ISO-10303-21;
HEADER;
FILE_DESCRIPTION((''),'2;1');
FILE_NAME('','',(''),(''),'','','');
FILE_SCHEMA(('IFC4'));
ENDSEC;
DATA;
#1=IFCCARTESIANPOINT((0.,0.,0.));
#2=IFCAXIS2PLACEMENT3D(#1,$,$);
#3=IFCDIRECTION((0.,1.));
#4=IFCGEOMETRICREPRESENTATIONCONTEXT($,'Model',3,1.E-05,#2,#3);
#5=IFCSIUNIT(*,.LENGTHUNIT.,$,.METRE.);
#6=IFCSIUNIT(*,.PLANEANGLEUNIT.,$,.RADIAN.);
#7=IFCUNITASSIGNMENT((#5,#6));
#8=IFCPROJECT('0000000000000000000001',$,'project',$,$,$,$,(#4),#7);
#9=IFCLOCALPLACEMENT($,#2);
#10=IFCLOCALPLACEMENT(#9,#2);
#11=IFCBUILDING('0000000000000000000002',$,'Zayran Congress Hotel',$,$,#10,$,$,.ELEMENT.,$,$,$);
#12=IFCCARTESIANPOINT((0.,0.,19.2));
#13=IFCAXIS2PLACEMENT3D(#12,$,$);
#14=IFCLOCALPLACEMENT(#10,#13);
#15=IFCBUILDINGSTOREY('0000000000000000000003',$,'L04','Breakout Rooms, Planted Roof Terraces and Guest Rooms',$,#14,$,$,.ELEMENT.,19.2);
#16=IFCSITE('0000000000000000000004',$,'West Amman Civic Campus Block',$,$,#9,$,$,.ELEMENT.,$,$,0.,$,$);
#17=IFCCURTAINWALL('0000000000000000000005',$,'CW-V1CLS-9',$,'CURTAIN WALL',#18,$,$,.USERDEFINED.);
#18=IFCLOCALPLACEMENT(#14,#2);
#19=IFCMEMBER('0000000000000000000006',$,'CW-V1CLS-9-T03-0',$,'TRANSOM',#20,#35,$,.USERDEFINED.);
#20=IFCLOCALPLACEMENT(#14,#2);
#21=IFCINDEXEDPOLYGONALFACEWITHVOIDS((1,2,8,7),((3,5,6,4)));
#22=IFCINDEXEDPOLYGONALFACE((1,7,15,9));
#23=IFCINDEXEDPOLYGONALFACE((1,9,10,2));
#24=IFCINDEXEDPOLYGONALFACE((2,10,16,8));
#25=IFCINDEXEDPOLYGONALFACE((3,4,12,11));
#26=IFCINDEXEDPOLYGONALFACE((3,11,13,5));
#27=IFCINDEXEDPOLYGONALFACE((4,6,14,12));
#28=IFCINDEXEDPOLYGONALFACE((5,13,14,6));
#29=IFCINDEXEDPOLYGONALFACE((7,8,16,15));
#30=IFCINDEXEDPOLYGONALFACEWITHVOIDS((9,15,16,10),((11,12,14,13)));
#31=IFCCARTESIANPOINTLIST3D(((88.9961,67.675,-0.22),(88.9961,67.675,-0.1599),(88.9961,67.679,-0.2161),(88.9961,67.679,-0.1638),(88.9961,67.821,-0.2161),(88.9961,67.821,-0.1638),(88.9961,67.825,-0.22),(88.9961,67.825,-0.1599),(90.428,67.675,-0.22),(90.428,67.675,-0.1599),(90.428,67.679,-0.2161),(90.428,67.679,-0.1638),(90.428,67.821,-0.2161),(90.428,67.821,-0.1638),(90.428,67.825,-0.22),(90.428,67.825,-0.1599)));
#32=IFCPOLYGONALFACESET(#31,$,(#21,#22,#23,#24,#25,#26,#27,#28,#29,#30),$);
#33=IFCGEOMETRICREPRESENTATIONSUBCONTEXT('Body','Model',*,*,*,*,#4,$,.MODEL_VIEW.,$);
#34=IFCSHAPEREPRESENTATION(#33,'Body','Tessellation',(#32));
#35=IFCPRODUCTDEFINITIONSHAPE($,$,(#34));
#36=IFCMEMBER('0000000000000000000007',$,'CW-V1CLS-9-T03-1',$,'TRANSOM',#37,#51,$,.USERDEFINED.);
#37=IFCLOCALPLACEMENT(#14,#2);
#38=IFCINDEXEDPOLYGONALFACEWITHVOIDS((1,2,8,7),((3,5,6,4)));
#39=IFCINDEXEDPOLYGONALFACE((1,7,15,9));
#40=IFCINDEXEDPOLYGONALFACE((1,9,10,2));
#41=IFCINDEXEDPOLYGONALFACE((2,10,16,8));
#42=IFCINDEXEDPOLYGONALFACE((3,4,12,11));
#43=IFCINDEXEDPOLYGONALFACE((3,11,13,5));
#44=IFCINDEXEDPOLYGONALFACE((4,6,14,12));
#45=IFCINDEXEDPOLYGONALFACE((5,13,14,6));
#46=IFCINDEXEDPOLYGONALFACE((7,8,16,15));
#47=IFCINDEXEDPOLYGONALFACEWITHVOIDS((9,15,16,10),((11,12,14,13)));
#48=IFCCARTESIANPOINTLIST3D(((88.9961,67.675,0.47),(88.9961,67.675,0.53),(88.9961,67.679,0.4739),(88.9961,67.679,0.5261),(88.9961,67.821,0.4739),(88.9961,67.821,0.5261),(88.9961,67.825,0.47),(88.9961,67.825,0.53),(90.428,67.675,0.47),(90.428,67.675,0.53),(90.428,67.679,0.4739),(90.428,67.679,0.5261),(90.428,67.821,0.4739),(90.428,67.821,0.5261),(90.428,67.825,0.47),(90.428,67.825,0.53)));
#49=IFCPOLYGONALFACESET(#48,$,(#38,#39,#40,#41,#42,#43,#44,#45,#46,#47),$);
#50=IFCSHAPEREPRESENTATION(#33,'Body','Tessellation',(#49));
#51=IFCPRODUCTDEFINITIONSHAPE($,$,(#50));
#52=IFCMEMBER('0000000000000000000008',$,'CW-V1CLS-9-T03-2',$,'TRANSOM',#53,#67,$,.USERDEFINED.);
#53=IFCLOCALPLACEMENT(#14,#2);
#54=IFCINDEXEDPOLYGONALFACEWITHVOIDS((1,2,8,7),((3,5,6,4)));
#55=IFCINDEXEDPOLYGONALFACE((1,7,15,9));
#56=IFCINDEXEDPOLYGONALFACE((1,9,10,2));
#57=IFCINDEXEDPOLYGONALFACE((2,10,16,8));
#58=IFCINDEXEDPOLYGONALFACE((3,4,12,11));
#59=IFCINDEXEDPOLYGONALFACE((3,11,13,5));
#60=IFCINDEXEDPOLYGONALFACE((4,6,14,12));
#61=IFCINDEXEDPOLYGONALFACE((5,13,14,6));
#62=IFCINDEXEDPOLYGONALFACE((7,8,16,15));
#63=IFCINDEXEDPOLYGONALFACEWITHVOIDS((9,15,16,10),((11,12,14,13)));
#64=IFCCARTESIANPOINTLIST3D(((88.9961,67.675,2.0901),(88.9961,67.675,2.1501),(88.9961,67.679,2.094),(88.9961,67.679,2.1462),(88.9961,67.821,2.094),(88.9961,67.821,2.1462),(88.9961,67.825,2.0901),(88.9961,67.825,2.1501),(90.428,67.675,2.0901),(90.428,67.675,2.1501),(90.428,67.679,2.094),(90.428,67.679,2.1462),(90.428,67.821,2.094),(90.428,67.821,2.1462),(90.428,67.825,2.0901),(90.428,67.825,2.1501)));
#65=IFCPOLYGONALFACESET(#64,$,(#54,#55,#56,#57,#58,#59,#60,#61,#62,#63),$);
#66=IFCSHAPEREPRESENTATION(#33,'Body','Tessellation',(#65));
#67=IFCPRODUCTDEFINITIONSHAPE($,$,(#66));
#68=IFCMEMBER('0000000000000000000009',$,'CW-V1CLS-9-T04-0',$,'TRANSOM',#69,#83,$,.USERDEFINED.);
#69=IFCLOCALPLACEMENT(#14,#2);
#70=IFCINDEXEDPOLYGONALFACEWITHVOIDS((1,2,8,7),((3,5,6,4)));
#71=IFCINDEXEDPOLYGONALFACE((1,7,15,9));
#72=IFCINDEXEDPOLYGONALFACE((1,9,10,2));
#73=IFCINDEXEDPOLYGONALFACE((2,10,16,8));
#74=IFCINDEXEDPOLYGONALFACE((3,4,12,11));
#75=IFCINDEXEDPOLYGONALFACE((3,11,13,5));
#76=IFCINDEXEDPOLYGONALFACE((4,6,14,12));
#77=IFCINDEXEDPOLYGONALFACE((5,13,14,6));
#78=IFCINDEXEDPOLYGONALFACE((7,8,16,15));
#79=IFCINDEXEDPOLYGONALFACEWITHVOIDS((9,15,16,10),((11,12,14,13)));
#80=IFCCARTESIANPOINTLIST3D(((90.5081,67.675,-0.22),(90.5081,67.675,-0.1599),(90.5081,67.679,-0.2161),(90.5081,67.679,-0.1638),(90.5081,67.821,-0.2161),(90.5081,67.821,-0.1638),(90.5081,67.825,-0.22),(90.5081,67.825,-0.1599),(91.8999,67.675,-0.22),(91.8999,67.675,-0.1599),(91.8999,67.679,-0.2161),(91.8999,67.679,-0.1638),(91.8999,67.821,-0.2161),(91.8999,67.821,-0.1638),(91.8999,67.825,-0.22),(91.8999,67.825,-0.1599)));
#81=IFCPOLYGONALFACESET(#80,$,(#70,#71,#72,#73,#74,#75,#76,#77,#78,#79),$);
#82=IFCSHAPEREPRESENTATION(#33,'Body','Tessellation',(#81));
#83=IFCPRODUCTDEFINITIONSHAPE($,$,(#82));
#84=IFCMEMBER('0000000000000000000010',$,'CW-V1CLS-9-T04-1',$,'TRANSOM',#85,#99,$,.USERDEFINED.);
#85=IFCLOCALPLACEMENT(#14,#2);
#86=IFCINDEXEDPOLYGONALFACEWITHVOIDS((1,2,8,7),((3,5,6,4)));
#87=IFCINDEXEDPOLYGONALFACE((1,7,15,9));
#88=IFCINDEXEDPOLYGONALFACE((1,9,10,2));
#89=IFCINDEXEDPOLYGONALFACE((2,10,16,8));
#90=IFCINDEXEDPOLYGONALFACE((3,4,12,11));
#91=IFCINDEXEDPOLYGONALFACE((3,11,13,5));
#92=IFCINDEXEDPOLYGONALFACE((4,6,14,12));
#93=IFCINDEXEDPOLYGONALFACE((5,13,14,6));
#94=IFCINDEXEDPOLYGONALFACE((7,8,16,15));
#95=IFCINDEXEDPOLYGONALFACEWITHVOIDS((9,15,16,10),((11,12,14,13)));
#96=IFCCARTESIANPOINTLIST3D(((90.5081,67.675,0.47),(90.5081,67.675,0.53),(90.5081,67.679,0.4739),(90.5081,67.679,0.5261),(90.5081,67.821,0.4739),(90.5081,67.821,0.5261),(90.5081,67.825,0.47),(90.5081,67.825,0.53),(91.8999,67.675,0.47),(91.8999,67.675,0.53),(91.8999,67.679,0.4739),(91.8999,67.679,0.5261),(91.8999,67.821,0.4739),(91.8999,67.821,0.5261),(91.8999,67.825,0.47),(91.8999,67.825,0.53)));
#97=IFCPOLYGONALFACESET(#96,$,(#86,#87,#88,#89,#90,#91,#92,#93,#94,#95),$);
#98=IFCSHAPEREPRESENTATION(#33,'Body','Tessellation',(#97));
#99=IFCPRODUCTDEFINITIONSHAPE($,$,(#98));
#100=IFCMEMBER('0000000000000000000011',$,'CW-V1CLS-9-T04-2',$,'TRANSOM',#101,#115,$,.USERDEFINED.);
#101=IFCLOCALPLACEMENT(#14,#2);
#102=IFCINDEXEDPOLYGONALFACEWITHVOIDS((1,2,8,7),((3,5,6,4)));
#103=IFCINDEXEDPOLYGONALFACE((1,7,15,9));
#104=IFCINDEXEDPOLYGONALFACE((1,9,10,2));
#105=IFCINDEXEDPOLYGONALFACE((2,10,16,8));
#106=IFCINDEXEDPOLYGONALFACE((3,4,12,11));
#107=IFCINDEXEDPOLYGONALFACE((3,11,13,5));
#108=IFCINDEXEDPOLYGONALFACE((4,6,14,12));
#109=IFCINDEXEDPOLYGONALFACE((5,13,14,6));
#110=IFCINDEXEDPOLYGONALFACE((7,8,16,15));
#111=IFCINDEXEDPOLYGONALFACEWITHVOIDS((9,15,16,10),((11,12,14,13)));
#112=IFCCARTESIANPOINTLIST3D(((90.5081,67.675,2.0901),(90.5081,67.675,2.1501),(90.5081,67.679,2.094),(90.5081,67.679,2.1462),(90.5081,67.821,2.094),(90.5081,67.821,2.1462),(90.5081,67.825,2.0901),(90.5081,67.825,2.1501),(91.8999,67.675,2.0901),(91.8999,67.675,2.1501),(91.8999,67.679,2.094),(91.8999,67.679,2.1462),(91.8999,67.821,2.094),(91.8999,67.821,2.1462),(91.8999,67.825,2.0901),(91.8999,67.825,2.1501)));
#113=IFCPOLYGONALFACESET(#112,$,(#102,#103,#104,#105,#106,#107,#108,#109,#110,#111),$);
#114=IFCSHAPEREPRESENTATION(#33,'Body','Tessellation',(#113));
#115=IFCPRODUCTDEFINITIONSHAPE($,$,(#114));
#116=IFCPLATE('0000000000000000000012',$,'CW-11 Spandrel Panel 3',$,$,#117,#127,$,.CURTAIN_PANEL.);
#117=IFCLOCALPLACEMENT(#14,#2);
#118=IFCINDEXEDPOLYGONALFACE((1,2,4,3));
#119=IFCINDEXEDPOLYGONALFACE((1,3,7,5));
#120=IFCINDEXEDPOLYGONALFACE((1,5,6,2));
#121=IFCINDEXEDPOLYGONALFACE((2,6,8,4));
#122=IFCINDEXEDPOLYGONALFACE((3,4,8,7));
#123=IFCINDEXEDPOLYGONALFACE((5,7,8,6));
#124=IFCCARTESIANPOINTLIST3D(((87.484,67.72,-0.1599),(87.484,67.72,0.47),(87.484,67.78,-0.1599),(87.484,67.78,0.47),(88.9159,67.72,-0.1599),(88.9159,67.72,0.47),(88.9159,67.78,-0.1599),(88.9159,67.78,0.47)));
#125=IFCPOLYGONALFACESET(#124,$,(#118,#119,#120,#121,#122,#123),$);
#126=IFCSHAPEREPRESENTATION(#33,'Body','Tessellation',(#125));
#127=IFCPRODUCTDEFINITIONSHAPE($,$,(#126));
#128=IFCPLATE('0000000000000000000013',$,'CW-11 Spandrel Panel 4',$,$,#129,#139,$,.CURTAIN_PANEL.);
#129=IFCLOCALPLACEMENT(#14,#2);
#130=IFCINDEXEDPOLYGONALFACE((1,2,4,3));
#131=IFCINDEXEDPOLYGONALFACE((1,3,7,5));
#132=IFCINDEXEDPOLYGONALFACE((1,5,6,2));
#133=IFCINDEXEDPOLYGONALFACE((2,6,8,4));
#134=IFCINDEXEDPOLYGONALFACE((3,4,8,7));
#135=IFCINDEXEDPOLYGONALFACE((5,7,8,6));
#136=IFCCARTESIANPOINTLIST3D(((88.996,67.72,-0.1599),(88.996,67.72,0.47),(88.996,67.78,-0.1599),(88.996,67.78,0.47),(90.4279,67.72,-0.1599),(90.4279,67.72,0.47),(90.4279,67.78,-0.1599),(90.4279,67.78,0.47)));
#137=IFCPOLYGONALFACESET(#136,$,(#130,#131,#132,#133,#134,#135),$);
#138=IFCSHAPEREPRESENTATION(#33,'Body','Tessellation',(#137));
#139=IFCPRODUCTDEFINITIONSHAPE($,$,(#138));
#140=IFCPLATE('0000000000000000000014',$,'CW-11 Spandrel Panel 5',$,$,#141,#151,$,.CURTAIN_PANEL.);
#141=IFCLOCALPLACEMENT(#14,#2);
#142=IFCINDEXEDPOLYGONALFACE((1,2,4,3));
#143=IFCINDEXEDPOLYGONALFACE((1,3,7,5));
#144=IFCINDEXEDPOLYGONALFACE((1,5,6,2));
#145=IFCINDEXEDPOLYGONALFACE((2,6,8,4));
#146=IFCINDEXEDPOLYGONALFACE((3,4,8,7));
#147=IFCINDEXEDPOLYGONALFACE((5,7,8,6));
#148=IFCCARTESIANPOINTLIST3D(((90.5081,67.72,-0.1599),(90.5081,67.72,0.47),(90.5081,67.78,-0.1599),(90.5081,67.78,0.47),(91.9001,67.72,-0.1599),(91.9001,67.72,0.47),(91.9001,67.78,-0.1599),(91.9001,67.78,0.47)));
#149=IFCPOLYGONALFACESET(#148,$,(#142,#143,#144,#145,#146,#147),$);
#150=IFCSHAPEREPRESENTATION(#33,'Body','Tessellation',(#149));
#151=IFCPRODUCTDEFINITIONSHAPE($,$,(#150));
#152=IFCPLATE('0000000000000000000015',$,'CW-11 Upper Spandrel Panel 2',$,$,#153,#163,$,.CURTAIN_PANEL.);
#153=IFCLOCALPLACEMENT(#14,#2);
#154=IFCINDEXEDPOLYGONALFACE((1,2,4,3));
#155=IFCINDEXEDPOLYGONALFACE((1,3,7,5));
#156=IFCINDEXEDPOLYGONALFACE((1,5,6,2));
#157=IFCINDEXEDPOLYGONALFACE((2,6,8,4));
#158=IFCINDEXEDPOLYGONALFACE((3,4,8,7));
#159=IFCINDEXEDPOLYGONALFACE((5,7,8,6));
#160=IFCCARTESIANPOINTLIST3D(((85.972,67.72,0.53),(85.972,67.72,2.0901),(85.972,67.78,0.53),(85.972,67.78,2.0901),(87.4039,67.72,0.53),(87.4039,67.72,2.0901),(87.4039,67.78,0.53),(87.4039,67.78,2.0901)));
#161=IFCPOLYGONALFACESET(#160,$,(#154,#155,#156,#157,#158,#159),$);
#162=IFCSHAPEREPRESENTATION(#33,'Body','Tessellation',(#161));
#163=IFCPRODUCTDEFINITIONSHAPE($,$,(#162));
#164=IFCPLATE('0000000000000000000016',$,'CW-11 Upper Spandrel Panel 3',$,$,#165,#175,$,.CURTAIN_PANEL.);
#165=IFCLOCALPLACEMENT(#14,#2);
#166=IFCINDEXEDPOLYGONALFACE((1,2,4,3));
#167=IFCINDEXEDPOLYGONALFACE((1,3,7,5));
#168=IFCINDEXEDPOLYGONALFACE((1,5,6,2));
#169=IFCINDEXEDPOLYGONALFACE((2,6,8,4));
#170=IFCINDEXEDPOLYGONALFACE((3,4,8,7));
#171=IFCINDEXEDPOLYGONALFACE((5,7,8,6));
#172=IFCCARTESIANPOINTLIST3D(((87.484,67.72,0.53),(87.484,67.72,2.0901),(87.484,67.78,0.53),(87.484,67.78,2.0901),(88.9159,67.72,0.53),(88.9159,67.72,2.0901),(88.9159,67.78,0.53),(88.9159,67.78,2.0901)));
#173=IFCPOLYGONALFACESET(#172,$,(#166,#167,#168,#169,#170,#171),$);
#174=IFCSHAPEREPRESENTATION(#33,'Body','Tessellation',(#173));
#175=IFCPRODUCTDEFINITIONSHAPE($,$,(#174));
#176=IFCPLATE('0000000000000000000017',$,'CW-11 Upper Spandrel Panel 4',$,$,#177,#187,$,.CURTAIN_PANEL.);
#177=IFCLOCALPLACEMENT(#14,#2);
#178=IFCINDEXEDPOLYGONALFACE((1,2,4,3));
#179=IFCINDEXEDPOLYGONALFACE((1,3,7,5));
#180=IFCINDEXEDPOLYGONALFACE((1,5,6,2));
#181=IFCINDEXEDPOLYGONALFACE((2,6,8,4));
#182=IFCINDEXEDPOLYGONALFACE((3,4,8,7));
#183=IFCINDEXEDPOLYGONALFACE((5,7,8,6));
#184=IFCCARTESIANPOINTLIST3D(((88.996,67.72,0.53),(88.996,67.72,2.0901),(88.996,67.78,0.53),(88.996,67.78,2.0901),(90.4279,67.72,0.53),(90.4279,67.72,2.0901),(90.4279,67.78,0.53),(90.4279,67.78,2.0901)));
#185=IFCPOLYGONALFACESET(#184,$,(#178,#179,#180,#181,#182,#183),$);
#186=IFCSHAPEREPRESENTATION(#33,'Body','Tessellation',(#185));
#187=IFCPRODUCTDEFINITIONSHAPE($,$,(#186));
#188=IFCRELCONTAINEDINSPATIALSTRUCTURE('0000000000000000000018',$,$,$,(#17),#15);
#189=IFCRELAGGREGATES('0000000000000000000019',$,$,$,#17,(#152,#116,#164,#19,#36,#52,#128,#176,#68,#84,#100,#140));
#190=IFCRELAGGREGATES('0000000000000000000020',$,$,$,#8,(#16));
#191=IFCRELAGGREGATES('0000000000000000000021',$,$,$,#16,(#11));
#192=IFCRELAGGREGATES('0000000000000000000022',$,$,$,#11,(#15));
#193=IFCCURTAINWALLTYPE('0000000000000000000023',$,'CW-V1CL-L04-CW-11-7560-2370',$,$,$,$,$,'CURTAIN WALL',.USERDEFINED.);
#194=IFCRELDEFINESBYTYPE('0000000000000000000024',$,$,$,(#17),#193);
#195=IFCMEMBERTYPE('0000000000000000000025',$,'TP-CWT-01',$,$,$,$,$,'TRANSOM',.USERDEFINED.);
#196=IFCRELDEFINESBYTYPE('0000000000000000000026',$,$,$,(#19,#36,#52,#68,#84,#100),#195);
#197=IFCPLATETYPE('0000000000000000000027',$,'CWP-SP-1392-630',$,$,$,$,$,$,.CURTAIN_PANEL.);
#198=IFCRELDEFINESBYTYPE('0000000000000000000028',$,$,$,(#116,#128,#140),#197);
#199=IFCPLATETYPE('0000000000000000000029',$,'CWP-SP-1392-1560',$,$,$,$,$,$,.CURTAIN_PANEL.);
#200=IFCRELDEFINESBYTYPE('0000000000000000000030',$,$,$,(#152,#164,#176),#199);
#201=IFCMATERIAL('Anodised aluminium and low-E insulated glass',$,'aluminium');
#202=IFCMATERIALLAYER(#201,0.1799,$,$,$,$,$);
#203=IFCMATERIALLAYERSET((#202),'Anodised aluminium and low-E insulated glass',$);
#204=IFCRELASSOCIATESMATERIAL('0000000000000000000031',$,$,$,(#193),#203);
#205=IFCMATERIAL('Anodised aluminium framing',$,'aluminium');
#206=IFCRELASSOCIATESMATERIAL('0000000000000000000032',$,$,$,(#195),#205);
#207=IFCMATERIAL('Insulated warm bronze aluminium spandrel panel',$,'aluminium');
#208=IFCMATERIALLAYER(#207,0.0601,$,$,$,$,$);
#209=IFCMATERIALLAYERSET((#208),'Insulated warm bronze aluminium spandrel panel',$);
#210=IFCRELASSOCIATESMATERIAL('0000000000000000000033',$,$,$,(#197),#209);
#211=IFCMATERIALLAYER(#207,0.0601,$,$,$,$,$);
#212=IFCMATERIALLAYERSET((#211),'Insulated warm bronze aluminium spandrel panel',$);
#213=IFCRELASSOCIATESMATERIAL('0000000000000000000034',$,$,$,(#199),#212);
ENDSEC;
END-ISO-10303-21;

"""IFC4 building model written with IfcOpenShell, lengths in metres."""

from ifc_helpers import new_model, si_unit, direction, frame, origin, origin_2d, place, context, subcontext, project, spatial, rectangle, hollow_rectangle, extrude, material, layer, layer_set, material_profile, profile_set, type_object, element, aggregate, save


model = new_model("IFC4")

# Units and contexts
model_context = context("Model", 3, precision=1e-05, world=origin(), true_north=direction((0.0, 1.0)))
body_context = subcontext(model_context, "Body", "Model", "MODEL_VIEW")
ifc_project = project(units=[si_unit("LENGTHUNIT", "METRE"), si_unit("PLANEANGLEUNIT", "RADIAN")], contexts=[model_context])

# Site, building, storey
site_placement = place(None, origin())
site = spatial("IfcSite", under=ifc_project, at=site_placement, Name="West Amman Civic Campus Block", CompositionType="ELEMENT", RefElevation=0.0)
building_placement = place(site_placement, origin())
building = spatial("IfcBuilding", under=site, at=building_placement, Name="Zayran Congress Hotel", CompositionType="ELEMENT")
storey_placement = place(building_placement, frame((0.0, 0.0, 19.2)))
storey = spatial("IfcBuildingStorey", under=building, at=storey_placement, Name="L04", Description="Breakout Rooms, Planted Roof Terraces and Guest Rooms", CompositionType="ELEMENT", Elevation=19.2)

# Shared definitions
ifc_material_1 = material(Name="Anodised aluminium and low-E insulated glass", Category="aluminium")
ifc_material_2 = material(Name="Anodised aluminium framing", Category="aluminium")

# Curtain wall
ifc_layer_1 = layer(ifc_material_1, 0.1799)
ifc_layer_set_1 = layer_set([ifc_layer_1], Name="Anodised aluminium and low-E insulated glass")
curtain_wall_type_1 = type_object("IfcCurtainWallType", Name="CW-V1CL-L04-CW-11-7560-2370", ElementType="CURTAIN WALL", PredefinedType="USERDEFINED", material=ifc_layer_set_1)
curtain_wall_1_placement = place(storey_placement, origin())
curtain_wall_1 = element("IfcCurtainWall", 1, at=curtain_wall_1_placement, inside=storey, type_object=curtain_wall_type_1, Name="CW-V1CLS-9", ObjectType="CURTAIN WALL", PredefinedType="USERDEFINED")

# Members
ifc_material_profile_1 = material_profile(ifc_material_2, hollow_rectangle(XDim=0.0601, YDim=0.1499, WallThickness=0.0039, at=origin_2d()), Name="RHS 150x60x4")
ifc_profile_set_1 = profile_set([ifc_material_profile_1], Name="Anodised aluminium framing")
member_type_1 = type_object("IfcMemberType", Name="TP-CWT-01", ElementType="TRANSOM", PredefinedType="USERDEFINED", material=ifc_profile_set_1)
member_1_placement = place(storey_placement, frame((88.9961, 67.75, -0.1899), z_axis=(1.0, 0.0, 0.0), x_axis=(0.0, 0.0, 1.0)))
member_1 = element("IfcMember", 2, at=member_1_placement, type_object=member_type_1, Name="CW-V1CLS-9-T03-0", ObjectType="TRANSOM", PredefinedType="USERDEFINED", context=body_context, shape_type="SweptSolid", body=[
    extrude(hollow_rectangle(XDim=0.0601, YDim=0.1499, WallThickness=0.0039, at=origin_2d()), origin(), (0.0, 0.0, 1.0), 1.4319),
])
member_2_placement = place(storey_placement, frame((88.9961, 67.75, 0.5), z_axis=(1.0, 0.0, 0.0), x_axis=(0.0, 0.0, 1.0)))
member_2 = element("IfcMember", 3, at=member_2_placement, type_object=member_type_1, Name="CW-V1CLS-9-T03-1", ObjectType="TRANSOM", PredefinedType="USERDEFINED", context=body_context, shape_type="SweptSolid", body=[
    extrude(hollow_rectangle(XDim=0.0601, YDim=0.1499, WallThickness=0.0039, at=origin_2d()), origin(), (0.0, 0.0, 1.0), 1.4319),
])
member_3_placement = place(storey_placement, frame((88.9961, 67.75, 2.1201), z_axis=(1.0, 0.0, 0.0), x_axis=(0.0, 0.0, 1.0)))
member_3 = element("IfcMember", 4, at=member_3_placement, type_object=member_type_1, Name="CW-V1CLS-9-T03-2", ObjectType="TRANSOM", PredefinedType="USERDEFINED", context=body_context, shape_type="SweptSolid", body=[
    extrude(hollow_rectangle(XDim=0.0601, YDim=0.1499, WallThickness=0.0039, at=origin_2d()), origin(), (0.0, 0.0, 1.0), 1.4319),
])
member_4_placement = place(storey_placement, frame((90.5081, 67.75, -0.1899), z_axis=(1.0, 0.0, 0.0), x_axis=(0.0, 0.0, 1.0)))
member_4 = element("IfcMember", 5, at=member_4_placement, type_object=member_type_1, Name="CW-V1CLS-9-T04-0", ObjectType="TRANSOM", PredefinedType="USERDEFINED", context=body_context, shape_type="SweptSolid", body=[
    extrude(hollow_rectangle(XDim=0.0601, YDim=0.1499, WallThickness=0.0039, at=origin_2d()), origin(), (0.0, 0.0, 1.0), 1.3918),
])
member_5_placement = place(storey_placement, frame((90.5081, 67.75, 0.5), z_axis=(1.0, 0.0, 0.0), x_axis=(0.0, 0.0, 1.0)))
member_5 = element("IfcMember", 6, at=member_5_placement, type_object=member_type_1, Name="CW-V1CLS-9-T04-1", ObjectType="TRANSOM", PredefinedType="USERDEFINED", context=body_context, shape_type="SweptSolid", body=[
    extrude(hollow_rectangle(XDim=0.0601, YDim=0.1499, WallThickness=0.0039, at=origin_2d()), origin(), (0.0, 0.0, 1.0), 1.3918),
])
member_6_placement = place(storey_placement, frame((90.5081, 67.75, 2.1201), z_axis=(1.0, 0.0, 0.0), x_axis=(0.0, 0.0, 1.0)))
member_6 = element("IfcMember", 7, at=member_6_placement, type_object=member_type_1, Name="CW-V1CLS-9-T04-2", ObjectType="TRANSOM", PredefinedType="USERDEFINED", context=body_context, shape_type="SweptSolid", body=[
    extrude(hollow_rectangle(XDim=0.0601, YDim=0.1499, WallThickness=0.0039, at=origin_2d()), origin(), (0.0, 0.0, 1.0), 1.3918),
])

# Plates
ifc_material_3 = material(Name="Insulated warm bronze aluminium spandrel panel", Category="aluminium")
ifc_layer_2 = layer(ifc_material_3, 0.0601)
ifc_layer_set_2 = layer_set([ifc_layer_2], Name="Insulated warm bronze aluminium spandrel panel")
plate_type_1 = type_object("IfcPlateType", Name="CWP-SP-1392-630", PredefinedType="CURTAIN_PANEL", material=ifc_layer_set_2)
plate_1_placement = place(storey_placement, frame((88.2, 67.75, -0.1599), z_axis=(0.0, 0.0, 1.0), x_axis=(1.0, 0.0, 0.0)))
plate_1 = element("IfcPlate", 8, at=plate_1_placement, type_object=plate_type_1, Name="CW-11 Spandrel Panel 3", PredefinedType="CURTAIN_PANEL", context=body_context, shape_type="SweptSolid", body=[
    extrude(rectangle(XDim=1.4319, YDim=0.0601, at=origin_2d()), origin(), (0.0, 0.0, 1.0), 0.6299),
])
plate_2_placement = place(storey_placement, frame((89.7119, 67.75, -0.1599), z_axis=(0.0, 0.0, 1.0), x_axis=(1.0, 0.0, 0.0)))
plate_2 = element("IfcPlate", 9, at=plate_2_placement, type_object=plate_type_1, Name="CW-11 Spandrel Panel 4", PredefinedType="CURTAIN_PANEL", context=body_context, shape_type="SweptSolid", body=[
    extrude(rectangle(XDim=1.4319, YDim=0.0601, at=origin_2d()), origin(), (0.0, 0.0, 1.0), 0.6299),
])
plate_3_placement = place(storey_placement, frame((91.2041, 67.75, -0.1599), z_axis=(0.0, 0.0, 1.0), x_axis=(1.0, 0.0, 0.0)))
plate_3 = element("IfcPlate", 10, at=plate_3_placement, type_object=plate_type_1, Name="CW-11 Spandrel Panel 5", PredefinedType="CURTAIN_PANEL", context=body_context, shape_type="SweptSolid", body=[
    extrude(rectangle(XDim=1.3921, YDim=0.0601, at=origin_2d()), origin(), (0.0, 0.0, 1.0), 0.6299),
])
ifc_layer_3 = layer(ifc_material_3, 0.0601)
ifc_layer_set_3 = layer_set([ifc_layer_3], Name="Insulated warm bronze aluminium spandrel panel")
plate_type_2 = type_object("IfcPlateType", Name="CWP-SP-1392-1560", PredefinedType="CURTAIN_PANEL", material=ifc_layer_set_3)
plate_4_placement = place(storey_placement, frame((86.688, 67.75, 0.53), z_axis=(0.0, 0.0, 1.0), x_axis=(1.0, 0.0, 0.0)))
plate_4 = element("IfcPlate", 11, at=plate_4_placement, type_object=plate_type_2, Name="CW-11 Upper Spandrel Panel 2", PredefinedType="CURTAIN_PANEL", context=body_context, shape_type="SweptSolid", body=[
    extrude(rectangle(XDim=1.4319, YDim=0.0601, at=origin_2d()), origin(), (0.0, 0.0, 1.0), 1.5601),
])
plate_5_placement = place(storey_placement, frame((88.2, 67.75, 0.53), z_axis=(0.0, 0.0, 1.0), x_axis=(1.0, 0.0, 0.0)))
plate_5 = element("IfcPlate", 12, at=plate_5_placement, type_object=plate_type_2, Name="CW-11 Upper Spandrel Panel 3", PredefinedType="CURTAIN_PANEL", context=body_context, shape_type="SweptSolid", body=[
    extrude(rectangle(XDim=1.4319, YDim=0.0601, at=origin_2d()), origin(), (0.0, 0.0, 1.0), 1.5601),
])
plate_6_placement = place(storey_placement, frame((89.7119, 67.75, 0.53), z_axis=(0.0, 0.0, 1.0), x_axis=(1.0, 0.0, 0.0)))
plate_6 = element("IfcPlate", 13, at=plate_6_placement, type_object=plate_type_2, Name="CW-11 Upper Spandrel Panel 4", PredefinedType="CURTAIN_PANEL", context=body_context, shape_type="SweptSolid", body=[
    extrude(rectangle(XDim=1.4319, YDim=0.0601, at=origin_2d()), origin(), (0.0, 0.0, 1.0), 1.5601),
])
aggregate(curtain_wall_1, [plate_4, plate_1, plate_5, member_1, member_2, member_3, plate_2, plate_6, member_4, member_5, member_6, plate_3])

save(model, "model.ifc")
